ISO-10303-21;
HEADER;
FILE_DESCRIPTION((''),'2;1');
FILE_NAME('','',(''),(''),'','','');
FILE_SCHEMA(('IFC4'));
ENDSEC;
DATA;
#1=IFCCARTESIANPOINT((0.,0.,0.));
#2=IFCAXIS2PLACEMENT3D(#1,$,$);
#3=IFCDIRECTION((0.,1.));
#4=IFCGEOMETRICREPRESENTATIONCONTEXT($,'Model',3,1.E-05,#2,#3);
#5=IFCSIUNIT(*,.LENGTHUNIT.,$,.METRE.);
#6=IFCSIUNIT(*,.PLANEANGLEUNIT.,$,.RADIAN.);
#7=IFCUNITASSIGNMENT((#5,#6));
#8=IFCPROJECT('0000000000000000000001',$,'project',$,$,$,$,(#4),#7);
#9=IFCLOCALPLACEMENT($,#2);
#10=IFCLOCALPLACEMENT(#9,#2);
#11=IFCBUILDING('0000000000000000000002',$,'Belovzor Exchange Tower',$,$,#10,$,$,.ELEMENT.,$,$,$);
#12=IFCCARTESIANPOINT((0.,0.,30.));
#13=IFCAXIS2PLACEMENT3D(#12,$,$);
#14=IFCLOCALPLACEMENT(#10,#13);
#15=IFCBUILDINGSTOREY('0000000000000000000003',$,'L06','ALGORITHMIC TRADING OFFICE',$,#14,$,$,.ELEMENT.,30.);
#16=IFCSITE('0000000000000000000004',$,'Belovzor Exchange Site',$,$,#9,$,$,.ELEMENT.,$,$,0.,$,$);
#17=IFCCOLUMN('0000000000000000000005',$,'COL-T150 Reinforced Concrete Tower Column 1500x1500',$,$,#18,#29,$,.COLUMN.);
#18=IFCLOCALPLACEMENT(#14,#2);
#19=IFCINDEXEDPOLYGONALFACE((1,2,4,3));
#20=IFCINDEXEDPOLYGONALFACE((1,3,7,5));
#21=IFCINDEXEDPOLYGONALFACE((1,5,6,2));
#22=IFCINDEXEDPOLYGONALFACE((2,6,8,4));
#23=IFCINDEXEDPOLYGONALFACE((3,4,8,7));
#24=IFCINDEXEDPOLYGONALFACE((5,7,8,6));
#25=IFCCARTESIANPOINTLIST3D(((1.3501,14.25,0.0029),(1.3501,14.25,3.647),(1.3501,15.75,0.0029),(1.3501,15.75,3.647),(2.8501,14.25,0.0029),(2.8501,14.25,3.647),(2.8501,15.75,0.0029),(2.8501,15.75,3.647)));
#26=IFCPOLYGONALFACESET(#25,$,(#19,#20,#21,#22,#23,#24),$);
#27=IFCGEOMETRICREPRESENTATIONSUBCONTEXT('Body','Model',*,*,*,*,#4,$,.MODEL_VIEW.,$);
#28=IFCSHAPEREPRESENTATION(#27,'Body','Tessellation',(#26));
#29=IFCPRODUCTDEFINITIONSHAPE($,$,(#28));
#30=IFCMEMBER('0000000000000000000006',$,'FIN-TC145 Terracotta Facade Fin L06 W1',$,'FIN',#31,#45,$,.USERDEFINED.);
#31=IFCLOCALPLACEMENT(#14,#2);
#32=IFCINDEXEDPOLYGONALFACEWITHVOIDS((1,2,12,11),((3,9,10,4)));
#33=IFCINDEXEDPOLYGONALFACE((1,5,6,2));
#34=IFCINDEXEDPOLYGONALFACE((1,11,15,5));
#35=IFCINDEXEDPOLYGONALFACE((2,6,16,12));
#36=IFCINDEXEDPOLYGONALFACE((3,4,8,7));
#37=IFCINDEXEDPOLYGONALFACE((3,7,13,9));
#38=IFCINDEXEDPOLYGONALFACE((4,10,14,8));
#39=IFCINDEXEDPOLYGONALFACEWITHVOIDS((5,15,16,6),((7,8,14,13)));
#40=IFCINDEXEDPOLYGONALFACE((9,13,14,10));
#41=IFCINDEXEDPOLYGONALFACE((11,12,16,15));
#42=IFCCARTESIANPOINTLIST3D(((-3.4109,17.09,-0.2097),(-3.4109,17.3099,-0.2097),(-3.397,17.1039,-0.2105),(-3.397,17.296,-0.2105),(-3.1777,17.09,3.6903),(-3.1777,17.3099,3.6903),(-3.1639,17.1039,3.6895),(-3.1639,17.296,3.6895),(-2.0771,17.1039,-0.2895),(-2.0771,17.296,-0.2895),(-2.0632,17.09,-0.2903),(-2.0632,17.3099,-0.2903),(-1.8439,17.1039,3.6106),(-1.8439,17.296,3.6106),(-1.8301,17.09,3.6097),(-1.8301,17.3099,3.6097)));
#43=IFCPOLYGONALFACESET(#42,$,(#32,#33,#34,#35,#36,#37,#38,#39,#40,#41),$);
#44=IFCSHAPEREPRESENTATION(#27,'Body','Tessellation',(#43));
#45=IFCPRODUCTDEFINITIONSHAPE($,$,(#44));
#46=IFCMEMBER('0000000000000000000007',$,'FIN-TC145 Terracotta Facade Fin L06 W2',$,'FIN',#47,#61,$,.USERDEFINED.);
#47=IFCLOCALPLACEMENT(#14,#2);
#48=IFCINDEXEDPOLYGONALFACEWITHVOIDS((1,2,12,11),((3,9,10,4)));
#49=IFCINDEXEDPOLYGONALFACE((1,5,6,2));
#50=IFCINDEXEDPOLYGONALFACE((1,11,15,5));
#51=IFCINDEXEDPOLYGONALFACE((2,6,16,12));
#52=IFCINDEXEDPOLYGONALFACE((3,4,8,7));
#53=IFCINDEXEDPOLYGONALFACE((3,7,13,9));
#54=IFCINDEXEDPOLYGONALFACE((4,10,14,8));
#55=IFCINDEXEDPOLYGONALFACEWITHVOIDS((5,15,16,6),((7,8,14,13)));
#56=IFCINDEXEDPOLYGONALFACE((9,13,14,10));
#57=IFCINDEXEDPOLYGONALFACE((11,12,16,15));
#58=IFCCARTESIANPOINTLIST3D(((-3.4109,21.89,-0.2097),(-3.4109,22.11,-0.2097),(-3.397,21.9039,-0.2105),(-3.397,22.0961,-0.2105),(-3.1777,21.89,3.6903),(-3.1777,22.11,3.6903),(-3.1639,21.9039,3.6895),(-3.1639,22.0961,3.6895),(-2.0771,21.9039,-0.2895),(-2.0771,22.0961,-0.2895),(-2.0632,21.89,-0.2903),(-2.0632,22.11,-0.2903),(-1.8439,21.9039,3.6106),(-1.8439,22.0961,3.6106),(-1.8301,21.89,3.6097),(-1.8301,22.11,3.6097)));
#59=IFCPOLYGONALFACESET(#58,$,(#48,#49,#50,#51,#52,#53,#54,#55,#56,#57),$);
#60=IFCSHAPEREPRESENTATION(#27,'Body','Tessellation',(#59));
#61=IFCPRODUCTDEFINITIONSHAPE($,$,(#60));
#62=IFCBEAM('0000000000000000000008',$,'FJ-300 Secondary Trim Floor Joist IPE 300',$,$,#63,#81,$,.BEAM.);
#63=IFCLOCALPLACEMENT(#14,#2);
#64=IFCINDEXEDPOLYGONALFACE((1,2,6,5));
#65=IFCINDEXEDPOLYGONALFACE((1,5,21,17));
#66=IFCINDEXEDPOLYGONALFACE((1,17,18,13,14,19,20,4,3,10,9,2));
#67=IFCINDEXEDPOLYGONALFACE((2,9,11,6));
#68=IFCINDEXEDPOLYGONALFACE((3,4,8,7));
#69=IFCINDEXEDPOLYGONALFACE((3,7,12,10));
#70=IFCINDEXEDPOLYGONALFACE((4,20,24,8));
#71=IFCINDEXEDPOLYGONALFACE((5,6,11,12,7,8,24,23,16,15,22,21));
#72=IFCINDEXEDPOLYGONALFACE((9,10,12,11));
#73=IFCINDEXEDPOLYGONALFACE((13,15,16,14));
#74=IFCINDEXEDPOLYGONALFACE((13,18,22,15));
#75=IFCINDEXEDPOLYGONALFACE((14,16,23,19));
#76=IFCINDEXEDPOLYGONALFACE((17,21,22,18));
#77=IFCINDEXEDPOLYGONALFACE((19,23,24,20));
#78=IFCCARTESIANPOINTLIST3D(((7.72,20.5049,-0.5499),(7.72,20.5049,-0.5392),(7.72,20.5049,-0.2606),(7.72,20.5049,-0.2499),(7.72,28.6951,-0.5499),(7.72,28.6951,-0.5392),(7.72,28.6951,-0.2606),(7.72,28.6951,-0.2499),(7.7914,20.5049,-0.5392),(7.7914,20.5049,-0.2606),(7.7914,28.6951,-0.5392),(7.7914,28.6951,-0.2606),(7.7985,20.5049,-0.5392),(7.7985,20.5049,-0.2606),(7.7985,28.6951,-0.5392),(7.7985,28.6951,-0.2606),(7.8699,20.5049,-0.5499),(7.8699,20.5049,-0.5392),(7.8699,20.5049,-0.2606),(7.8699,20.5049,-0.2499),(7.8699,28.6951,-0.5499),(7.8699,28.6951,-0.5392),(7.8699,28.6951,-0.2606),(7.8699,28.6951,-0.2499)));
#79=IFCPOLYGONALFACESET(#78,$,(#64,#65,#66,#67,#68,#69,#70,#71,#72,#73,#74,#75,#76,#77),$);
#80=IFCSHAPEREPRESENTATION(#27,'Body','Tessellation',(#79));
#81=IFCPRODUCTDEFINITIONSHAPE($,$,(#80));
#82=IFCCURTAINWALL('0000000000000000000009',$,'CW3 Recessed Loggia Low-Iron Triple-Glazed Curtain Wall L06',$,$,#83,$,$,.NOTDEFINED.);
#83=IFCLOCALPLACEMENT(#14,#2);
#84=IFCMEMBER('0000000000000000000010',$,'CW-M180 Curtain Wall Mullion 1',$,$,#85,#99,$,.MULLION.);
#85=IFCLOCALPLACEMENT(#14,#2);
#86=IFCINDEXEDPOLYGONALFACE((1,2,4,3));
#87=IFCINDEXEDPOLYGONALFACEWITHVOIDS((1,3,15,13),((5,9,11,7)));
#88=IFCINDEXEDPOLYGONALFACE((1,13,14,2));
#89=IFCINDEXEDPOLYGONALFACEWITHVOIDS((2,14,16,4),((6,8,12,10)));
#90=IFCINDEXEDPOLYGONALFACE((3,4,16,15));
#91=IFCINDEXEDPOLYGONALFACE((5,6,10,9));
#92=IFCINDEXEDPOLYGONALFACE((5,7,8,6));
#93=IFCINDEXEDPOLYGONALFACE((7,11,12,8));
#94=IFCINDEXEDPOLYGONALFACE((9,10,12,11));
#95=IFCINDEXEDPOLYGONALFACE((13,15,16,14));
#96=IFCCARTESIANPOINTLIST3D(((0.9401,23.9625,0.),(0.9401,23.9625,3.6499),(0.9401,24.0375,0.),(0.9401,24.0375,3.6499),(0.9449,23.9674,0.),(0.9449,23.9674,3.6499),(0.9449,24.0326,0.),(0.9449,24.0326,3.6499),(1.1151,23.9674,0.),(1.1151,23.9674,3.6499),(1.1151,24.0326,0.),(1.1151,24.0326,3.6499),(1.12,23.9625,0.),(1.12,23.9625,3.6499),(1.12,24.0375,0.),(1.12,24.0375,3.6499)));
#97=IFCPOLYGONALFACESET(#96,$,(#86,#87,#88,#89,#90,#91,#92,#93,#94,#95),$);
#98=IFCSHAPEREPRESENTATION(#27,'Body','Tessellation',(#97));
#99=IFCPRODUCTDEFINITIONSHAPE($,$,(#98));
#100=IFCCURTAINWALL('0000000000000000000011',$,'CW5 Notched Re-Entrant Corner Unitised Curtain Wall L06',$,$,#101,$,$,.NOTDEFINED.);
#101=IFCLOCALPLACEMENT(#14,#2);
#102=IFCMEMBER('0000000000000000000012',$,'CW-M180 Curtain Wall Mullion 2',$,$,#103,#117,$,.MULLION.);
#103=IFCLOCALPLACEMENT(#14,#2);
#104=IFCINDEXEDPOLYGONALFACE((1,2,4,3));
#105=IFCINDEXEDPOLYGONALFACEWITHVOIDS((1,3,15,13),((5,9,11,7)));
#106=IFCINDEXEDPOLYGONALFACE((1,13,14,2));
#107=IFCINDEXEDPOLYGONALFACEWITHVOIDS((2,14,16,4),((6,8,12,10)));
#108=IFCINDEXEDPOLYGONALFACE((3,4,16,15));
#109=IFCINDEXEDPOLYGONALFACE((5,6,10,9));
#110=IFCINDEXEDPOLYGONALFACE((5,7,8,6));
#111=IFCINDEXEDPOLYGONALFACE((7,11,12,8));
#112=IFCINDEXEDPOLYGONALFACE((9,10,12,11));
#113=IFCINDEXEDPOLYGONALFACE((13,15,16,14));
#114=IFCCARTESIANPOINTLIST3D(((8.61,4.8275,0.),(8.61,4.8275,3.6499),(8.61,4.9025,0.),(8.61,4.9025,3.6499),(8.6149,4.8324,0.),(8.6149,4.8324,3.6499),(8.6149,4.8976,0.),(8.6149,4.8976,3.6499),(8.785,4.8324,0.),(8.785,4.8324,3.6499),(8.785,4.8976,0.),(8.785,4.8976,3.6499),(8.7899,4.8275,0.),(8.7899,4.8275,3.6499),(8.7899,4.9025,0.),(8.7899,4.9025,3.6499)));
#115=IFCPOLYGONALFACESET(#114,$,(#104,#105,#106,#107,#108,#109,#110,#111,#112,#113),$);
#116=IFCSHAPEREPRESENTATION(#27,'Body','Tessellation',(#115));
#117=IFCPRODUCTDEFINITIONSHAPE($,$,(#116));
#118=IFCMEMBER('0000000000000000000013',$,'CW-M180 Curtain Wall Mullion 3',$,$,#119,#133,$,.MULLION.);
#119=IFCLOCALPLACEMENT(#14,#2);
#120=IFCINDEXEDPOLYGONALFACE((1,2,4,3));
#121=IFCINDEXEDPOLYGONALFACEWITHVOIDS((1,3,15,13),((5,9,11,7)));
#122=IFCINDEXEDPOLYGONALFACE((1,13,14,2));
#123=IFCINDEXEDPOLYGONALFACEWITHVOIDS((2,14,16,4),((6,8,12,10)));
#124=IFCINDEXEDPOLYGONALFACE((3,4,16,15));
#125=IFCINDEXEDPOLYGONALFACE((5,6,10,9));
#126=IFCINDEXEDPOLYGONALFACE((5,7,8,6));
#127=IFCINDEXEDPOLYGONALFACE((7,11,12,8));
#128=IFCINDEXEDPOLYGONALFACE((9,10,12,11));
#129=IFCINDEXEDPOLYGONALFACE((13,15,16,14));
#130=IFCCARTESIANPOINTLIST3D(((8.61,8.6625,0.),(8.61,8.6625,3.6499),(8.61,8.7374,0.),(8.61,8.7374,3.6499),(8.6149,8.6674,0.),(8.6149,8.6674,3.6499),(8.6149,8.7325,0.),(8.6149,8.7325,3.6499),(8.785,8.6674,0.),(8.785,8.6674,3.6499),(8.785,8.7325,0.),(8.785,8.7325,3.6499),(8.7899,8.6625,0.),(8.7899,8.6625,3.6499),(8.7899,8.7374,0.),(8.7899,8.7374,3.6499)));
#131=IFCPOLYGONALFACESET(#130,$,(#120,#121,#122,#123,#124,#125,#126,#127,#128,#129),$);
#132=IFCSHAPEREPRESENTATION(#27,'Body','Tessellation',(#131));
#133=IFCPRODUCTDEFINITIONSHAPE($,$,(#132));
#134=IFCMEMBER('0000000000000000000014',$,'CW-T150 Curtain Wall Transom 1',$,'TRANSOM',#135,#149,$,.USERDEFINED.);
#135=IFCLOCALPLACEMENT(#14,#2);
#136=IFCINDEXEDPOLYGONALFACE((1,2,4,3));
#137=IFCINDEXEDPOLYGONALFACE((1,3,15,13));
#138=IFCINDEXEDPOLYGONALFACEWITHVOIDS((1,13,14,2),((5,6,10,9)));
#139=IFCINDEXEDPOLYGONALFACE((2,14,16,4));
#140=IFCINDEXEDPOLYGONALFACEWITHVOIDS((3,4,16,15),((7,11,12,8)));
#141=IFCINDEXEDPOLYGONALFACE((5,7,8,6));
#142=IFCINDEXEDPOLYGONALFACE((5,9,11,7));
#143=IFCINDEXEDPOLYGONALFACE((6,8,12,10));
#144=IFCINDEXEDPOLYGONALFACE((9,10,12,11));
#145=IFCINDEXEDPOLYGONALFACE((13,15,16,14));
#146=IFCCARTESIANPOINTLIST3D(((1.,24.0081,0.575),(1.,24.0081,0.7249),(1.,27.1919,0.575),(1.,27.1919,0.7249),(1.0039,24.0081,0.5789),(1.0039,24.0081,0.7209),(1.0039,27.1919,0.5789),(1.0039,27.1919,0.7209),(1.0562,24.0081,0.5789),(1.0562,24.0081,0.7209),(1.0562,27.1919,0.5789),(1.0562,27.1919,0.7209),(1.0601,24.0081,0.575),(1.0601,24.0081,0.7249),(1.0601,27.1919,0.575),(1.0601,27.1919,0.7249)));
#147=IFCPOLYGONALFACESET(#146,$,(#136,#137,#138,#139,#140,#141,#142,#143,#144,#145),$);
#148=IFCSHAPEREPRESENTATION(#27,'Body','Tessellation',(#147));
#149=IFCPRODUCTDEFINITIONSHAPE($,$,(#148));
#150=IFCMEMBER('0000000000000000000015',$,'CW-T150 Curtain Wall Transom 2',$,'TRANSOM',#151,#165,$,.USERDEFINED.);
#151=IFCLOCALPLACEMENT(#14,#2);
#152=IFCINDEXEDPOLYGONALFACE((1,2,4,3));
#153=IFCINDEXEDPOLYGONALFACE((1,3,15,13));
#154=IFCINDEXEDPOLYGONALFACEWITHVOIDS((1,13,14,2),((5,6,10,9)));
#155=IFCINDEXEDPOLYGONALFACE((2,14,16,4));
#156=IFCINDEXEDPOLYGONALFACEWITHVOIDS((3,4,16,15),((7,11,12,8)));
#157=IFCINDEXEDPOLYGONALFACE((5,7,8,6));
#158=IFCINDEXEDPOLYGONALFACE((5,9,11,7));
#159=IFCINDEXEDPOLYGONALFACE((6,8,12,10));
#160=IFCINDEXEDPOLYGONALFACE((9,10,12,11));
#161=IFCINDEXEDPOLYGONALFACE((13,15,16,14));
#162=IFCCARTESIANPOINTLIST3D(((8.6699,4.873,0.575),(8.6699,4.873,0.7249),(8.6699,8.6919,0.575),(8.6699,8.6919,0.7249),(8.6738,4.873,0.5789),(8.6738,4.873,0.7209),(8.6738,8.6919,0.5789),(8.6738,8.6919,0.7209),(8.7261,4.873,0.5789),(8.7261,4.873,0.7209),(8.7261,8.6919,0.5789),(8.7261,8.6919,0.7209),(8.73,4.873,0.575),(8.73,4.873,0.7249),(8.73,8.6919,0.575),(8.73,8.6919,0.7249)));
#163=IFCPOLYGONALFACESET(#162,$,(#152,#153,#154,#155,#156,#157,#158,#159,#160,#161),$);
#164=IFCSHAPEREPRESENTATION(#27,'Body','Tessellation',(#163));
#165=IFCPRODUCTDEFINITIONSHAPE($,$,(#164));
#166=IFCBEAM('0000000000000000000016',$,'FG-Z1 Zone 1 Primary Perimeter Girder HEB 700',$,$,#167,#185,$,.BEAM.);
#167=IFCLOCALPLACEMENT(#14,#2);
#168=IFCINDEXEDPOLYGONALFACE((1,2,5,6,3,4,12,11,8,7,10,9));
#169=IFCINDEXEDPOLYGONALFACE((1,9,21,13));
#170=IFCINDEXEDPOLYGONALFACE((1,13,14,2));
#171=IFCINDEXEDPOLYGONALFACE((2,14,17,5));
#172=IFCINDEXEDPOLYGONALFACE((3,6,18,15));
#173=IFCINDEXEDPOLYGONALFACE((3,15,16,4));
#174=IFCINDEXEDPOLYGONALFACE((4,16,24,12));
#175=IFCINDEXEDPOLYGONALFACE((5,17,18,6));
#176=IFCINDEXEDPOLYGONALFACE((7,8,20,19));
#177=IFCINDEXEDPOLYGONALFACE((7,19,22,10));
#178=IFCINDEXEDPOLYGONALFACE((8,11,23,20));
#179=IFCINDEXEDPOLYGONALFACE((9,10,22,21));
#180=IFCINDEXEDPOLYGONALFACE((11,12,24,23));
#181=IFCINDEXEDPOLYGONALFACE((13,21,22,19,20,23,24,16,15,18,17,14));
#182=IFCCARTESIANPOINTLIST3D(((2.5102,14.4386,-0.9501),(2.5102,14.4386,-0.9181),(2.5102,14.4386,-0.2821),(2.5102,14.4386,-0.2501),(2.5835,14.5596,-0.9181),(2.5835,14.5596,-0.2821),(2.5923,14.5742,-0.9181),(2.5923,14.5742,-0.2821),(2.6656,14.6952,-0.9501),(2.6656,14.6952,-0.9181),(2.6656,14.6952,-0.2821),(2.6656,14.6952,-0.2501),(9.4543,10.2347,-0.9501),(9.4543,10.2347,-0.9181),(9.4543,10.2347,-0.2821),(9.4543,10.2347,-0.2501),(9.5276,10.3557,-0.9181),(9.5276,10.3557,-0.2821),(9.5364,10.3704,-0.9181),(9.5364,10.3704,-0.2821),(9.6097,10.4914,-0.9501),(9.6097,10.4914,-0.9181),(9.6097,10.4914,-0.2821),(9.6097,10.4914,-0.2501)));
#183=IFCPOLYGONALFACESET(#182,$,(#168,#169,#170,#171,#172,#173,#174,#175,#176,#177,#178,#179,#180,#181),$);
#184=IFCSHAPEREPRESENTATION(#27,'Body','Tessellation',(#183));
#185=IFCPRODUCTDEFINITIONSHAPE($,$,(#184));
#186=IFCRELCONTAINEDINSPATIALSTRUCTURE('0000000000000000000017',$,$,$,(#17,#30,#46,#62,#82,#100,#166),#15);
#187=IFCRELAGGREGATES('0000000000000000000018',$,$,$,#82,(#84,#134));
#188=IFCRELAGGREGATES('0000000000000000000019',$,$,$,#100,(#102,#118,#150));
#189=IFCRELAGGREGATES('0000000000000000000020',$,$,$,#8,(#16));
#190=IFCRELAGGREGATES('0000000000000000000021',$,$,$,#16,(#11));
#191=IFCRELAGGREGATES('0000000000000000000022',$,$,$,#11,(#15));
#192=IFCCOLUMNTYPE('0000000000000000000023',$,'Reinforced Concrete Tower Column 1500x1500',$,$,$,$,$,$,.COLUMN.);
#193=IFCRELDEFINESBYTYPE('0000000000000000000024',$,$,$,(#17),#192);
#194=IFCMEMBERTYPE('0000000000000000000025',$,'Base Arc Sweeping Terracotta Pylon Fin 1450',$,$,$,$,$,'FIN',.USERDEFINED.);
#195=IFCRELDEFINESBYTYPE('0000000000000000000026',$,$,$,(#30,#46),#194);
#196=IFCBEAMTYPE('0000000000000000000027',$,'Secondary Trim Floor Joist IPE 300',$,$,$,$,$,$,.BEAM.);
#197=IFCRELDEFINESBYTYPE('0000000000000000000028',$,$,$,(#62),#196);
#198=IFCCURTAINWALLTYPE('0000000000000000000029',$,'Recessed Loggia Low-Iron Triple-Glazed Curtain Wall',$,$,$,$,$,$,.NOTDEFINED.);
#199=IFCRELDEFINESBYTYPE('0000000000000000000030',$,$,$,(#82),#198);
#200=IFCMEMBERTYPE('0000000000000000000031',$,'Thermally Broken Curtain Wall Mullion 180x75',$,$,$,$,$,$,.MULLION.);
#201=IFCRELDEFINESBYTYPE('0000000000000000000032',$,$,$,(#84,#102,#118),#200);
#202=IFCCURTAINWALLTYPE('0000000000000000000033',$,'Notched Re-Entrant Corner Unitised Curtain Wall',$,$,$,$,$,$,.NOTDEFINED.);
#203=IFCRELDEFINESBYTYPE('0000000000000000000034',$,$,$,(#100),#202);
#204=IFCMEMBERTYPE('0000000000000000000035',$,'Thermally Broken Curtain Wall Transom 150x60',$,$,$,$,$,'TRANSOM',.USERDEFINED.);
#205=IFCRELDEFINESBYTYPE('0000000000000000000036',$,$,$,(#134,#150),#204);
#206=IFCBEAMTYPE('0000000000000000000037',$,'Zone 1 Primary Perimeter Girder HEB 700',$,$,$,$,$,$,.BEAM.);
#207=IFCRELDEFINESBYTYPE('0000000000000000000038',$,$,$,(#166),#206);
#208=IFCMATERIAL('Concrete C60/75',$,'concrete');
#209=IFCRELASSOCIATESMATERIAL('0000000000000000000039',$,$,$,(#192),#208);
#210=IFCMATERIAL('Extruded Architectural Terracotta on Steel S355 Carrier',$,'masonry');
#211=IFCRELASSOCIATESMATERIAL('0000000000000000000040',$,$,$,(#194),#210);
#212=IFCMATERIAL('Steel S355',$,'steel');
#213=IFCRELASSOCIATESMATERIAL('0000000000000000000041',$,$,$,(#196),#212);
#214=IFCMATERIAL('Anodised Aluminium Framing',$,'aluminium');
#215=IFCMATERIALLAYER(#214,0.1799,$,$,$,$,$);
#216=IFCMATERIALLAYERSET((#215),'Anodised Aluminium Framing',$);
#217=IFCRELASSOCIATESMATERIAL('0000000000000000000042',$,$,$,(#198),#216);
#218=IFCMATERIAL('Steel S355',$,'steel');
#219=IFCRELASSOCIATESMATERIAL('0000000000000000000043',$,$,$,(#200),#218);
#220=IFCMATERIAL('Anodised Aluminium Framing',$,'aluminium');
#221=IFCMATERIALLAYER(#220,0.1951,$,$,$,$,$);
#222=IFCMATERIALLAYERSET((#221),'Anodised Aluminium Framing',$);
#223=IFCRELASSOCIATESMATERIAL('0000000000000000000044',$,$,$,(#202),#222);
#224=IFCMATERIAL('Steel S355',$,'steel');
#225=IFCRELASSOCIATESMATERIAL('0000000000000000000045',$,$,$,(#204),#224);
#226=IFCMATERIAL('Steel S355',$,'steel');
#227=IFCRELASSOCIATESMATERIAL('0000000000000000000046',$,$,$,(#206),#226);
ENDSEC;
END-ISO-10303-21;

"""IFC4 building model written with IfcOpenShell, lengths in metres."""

from ifc_helpers import new_model, si_unit, direction, frame, origin, origin_2d, place, context, subcontext, project, spatial, rectangle, hollow_rectangle, i_section, extrude, material, layer, layer_set, material_profile, profile_set, type_object, element, aggregate, save


model = new_model("IFC4")

# Units and contexts
model_context = context("Model", 3, precision=1e-05, world=origin(), true_north=direction((0.0, 1.0)))
body_context = subcontext(model_context, "Body", "Model", "MODEL_VIEW")
ifc_project = project(units=[si_unit("LENGTHUNIT", "METRE"), si_unit("PLANEANGLEUNIT", "RADIAN")], contexts=[model_context])

# Site, building, storey
site_placement = place(None, origin())
site = spatial("IfcSite", under=ifc_project, at=site_placement, Name="Belovzor Exchange Site", CompositionType="ELEMENT", RefElevation=0.0)
building_placement = place(site_placement, origin())
building = spatial("IfcBuilding", under=site, at=building_placement, Name="Belovzor Exchange Tower", CompositionType="ELEMENT")
storey_placement = place(building_placement, frame((0.0, 0.0, 30.0)))
storey = spatial("IfcBuildingStorey", under=building, at=storey_placement, Name="L06", Description="ALGORITHMIC TRADING OFFICE", CompositionType="ELEMENT", Elevation=30.0)

# Column
ifc_material_1 = material(Name="Concrete C60/75", Category="concrete")
ifc_material_profile_1 = material_profile(ifc_material_1, rectangle(XDim=1.5, YDim=1.5, at=origin_2d()))
ifc_profile_set_1 = profile_set([ifc_material_profile_1], Name="Concrete C60/75")
column_type = type_object("IfcColumnType", Name="Reinforced Concrete Tower Column 1500x1500", PredefinedType="COLUMN", material=ifc_profile_set_1)
column_placement = place(storey_placement, frame((2.1001, 15.0, 0.0029), z_axis=(0.0, 0.0, 1.0), x_axis=(1.0, 0.0, 0.0)))
element("IfcColumn", 1, at=column_placement, inside=storey, type_object=column_type, Name="COL-T150 Reinforced Concrete Tower Column 1500x1500", PredefinedType="COLUMN", context=body_context, shape_type="SweptSolid", body=[
    extrude(rectangle(XDim=1.5, YDim=1.5, at=origin_2d()), origin(), (0.0, 0.0, 1.0), 3.644),
])

# Members
ifc_material_2 = material(Name="Extruded Architectural Terracotta on Steel S355 Carrier", Category="masonry")
ifc_material_profile_2 = material_profile(ifc_material_2, hollow_rectangle(XDim=0.22, YDim=1.3501, WallThickness=0.0139, at=origin_2d()))
ifc_profile_set_2 = profile_set([ifc_material_profile_2], Name="Extruded Architectural Terracotta on Steel S355 Carrier")
member_type_1 = type_object("IfcMemberType", Name="Base Arc Sweeping Terracotta Pylon Fin 1450", ElementType="FIN", PredefinedType="USERDEFINED", material=ifc_profile_set_2)
for number, where, z_axis, x_axis, name in (
    (2, (-2.7371, 17.2, -0.25), (0.059678, 0.0, 0.998218), (0.0, 1.0, 0.0), "FIN-TC145 Terracotta Facade Fin L06 W1"),
    (3, (-2.7371, 22.0, -0.25), (0.059678, 0.0, 0.998218), (0.0, 1.0, 0.0), "FIN-TC145 Terracotta Facade Fin L06 W2"),
):
    element("IfcMember", number, at=place(storey_placement, frame(where, z_axis=z_axis, x_axis=x_axis)), inside=storey, type_object=member_type_1, Name=name, ObjectType="FIN", PredefinedType="USERDEFINED", context=body_context, shape_type="SweptSolid", body=[
        extrude(hollow_rectangle(XDim=0.22, YDim=1.3501, WallThickness=0.0139, at=origin_2d()), origin(), (0.0, 0.0, 1.0), 3.907),
    ])

# Beam
ifc_material_3 = material(Name="Steel S355", Category="steel")
ifc_material_profile_3 = material_profile(ifc_material_3, i_section(OverallWidth=0.1499, OverallDepth=0.3, WebThickness=0.0071, FlangeThickness=0.0107, at=origin_2d()))
ifc_profile_set_3 = profile_set([ifc_material_profile_3], Name="Steel S355")
beam_type_1 = type_object("IfcBeamType", Name="Secondary Trim Floor Joist IPE 300", PredefinedType="BEAM", material=ifc_profile_set_3)
beam_1_placement = place(storey_placement, frame((7.7949, 20.5049, -0.3999), z_axis=(0.0, 1.0, 0.0), x_axis=(-1.0, 0.0, 0.0)))
element("IfcBeam", 4, at=beam_1_placement, inside=storey, type_object=beam_type_1, Name="FJ-300 Secondary Trim Floor Joist IPE 300", PredefinedType="BEAM", context=body_context, shape_type="SweptSolid", body=[
    extrude(i_section(OverallWidth=0.1499, OverallDepth=0.3, WebThickness=0.0071, FlangeThickness=0.0107, at=origin_2d()), origin(), (0.0, 0.0, 1.0), 8.1902),
])

# Curtain wall, member
ifc_material_4 = material(Name="Anodised Aluminium Framing", Category="aluminium")
ifc_layer_1 = layer(ifc_material_4, 0.1799)
ifc_layer_set_1 = layer_set([ifc_layer_1], Name="Anodised Aluminium Framing")
curtain_wall_type_1 = type_object("IfcCurtainWallType", Name="Recessed Loggia Low-Iron Triple-Glazed Curtain Wall", PredefinedType="NOTDEFINED", material=ifc_layer_set_1)
curtain_wall_1_placement = place(storey_placement, origin())
curtain_wall_1 = element("IfcCurtainWall", 5, at=curtain_wall_1_placement, inside=storey, type_object=curtain_wall_type_1, Name="CW3 Recessed Loggia Low-Iron Triple-Glazed Curtain Wall L06", PredefinedType="NOTDEFINED")
ifc_material_5 = material(Name="Steel S355", Category="steel")
ifc_material_profile_4 = material_profile(ifc_material_5, hollow_rectangle(XDim=0.075, YDim=0.1799, WallThickness=0.0049, at=origin_2d()))
ifc_profile_set_4 = profile_set([ifc_material_profile_4], Name="Steel S355")
member_type_2 = type_object("IfcMemberType", Name="Thermally Broken Curtain Wall Mullion 180x75", PredefinedType="MULLION", material=ifc_profile_set_4)
member_1_placement = place(storey_placement, frame((1.03, 24.0, 0.0), z_axis=(0.0, 0.0, 1.0), x_axis=(0.0, 1.0, 0.0)))
member_1 = element("IfcMember", 6, at=member_1_placement, type_object=member_type_2, Name="CW-M180 Curtain Wall Mullion 1", PredefinedType="MULLION", context=body_context, shape_type="SweptSolid", body=[
    extrude(hollow_rectangle(XDim=0.075, YDim=0.1799, WallThickness=0.0049, at=origin_2d()), origin(), (0.0, 0.0, 1.0), 3.6499),
])

# Curtain wall, members
ifc_material_6 = material(Name="Anodised Aluminium Framing", Category="aluminium")
ifc_layer_2 = layer(ifc_material_6, 0.1951)
ifc_layer_set_2 = layer_set([ifc_layer_2], Name="Anodised Aluminium Framing")
curtain_wall_type_2 = type_object("IfcCurtainWallType", Name="Notched Re-Entrant Corner Unitised Curtain Wall", PredefinedType="NOTDEFINED", material=ifc_layer_set_2)
curtain_wall_2_placement = place(storey_placement, origin())
curtain_wall_2 = element("IfcCurtainWall", 7, at=curtain_wall_2_placement, inside=storey, type_object=curtain_wall_type_2, Name="CW5 Notched Re-Entrant Corner Unitised Curtain Wall L06", PredefinedType="NOTDEFINED")
member_2_placement = place(storey_placement, frame((8.7, 4.865, 0.0), z_axis=(0.0, 0.0, 1.0), x_axis=(0.0, 1.0, 0.0)))
member_2 = element("IfcMember", 8, at=member_2_placement, type_object=member_type_2, Name="CW-M180 Curtain Wall Mullion 2", PredefinedType="MULLION", context=body_context, shape_type="SweptSolid", body=[
    extrude(hollow_rectangle(XDim=0.075, YDim=0.1799, WallThickness=0.0049, at=origin_2d()), origin(), (0.0, 0.0, 1.0), 3.6499),
])
member_3_placement = place(storey_placement, frame((8.7, 8.7, 0.0), z_axis=(0.0, 0.0, 1.0), x_axis=(0.0, 1.0, 0.0)))
member_3 = element("IfcMember", 9, at=member_3_placement, type_object=member_type_2, Name="CW-M180 Curtain Wall Mullion 3", PredefinedType="MULLION", context=body_context, shape_type="SweptSolid", body=[
    extrude(hollow_rectangle(XDim=0.075, YDim=0.1799, WallThickness=0.0049, at=origin_2d()), origin(), (0.0, 0.0, 1.0), 3.6499),
])

# Members
ifc_material_7 = material(Name="Steel S355", Category="steel")
ifc_material_profile_5 = material_profile(ifc_material_7, hollow_rectangle(XDim=0.0601, YDim=0.1499, WallThickness=0.0039, at=origin_2d()))
ifc_profile_set_5 = profile_set([ifc_material_profile_5], Name="Steel S355")
member_type_3 = type_object("IfcMemberType", Name="Thermally Broken Curtain Wall Transom 150x60", ElementType="TRANSOM", PredefinedType="USERDEFINED", material=ifc_profile_set_5)
member_4_placement = place(storey_placement, frame((1.03, 24.0081, 0.6499), z_axis=(0.0, 1.0, 0.0), x_axis=(-1.0, 0.0, 0.0)))
member_4 = element("IfcMember", 10, at=member_4_placement, type_object=member_type_3, Name="CW-T150 Curtain Wall Transom 1", ObjectType="TRANSOM", PredefinedType="USERDEFINED", context=body_context, shape_type="SweptSolid", body=[
    extrude(hollow_rectangle(XDim=0.0601, YDim=0.1499, WallThickness=0.0039, at=origin_2d()), origin(), (0.0, 0.0, 1.0), 3.1838),
])
member_5_placement = place(storey_placement, frame((8.7, 4.873, 0.6499), z_axis=(0.0, 1.0, 0.0), x_axis=(-1.0, 0.0, 0.0)))
member_5 = element("IfcMember", 11, at=member_5_placement, type_object=member_type_3, Name="CW-T150 Curtain Wall Transom 2", ObjectType="TRANSOM", PredefinedType="USERDEFINED", context=body_context, shape_type="SweptSolid", body=[
    extrude(hollow_rectangle(XDim=0.0601, YDim=0.1499, WallThickness=0.0039, at=origin_2d()), origin(), (0.0, 0.0, 1.0), 3.8188),
])

# Beam
ifc_material_8 = material(Name="Steel S355", Category="steel")
ifc_material_profile_6 = material_profile(ifc_material_8, i_section(OverallWidth=0.3, OverallDepth=0.7, WebThickness=0.0171, FlangeThickness=0.032, at=origin_2d()))
ifc_profile_set_6 = profile_set([ifc_material_profile_6], Name="Steel S355")
beam_type_2 = type_object("IfcBeamType", Name="Zone 1 Primary Perimeter Girder HEB 700", PredefinedType="BEAM", material=ifc_profile_set_6)
beam_2_placement = place(storey_placement, frame((2.5879, 14.5669, -0.6001), z_axis=(0.855453, -0.51788, 0.0), x_axis=(0.51788, 0.855453, 0.0)))
element("IfcBeam", 12, at=beam_2_placement, inside=storey, type_object=beam_type_2, Name="FG-Z1 Zone 1 Primary Perimeter Girder HEB 700", PredefinedType="BEAM", context=body_context, shape_type="SweptSolid", body=[
    extrude(i_section(OverallWidth=0.3, OverallDepth=0.7, WebThickness=0.0171, FlangeThickness=0.032, at=origin_2d()), origin(), (0.0, 0.0, 1.0), 8.1174),
])

aggregate(curtain_wall_1, [member_1, member_4])
aggregate(curtain_wall_2, [member_2, member_3, member_5])

save(model, "model.ifc")
